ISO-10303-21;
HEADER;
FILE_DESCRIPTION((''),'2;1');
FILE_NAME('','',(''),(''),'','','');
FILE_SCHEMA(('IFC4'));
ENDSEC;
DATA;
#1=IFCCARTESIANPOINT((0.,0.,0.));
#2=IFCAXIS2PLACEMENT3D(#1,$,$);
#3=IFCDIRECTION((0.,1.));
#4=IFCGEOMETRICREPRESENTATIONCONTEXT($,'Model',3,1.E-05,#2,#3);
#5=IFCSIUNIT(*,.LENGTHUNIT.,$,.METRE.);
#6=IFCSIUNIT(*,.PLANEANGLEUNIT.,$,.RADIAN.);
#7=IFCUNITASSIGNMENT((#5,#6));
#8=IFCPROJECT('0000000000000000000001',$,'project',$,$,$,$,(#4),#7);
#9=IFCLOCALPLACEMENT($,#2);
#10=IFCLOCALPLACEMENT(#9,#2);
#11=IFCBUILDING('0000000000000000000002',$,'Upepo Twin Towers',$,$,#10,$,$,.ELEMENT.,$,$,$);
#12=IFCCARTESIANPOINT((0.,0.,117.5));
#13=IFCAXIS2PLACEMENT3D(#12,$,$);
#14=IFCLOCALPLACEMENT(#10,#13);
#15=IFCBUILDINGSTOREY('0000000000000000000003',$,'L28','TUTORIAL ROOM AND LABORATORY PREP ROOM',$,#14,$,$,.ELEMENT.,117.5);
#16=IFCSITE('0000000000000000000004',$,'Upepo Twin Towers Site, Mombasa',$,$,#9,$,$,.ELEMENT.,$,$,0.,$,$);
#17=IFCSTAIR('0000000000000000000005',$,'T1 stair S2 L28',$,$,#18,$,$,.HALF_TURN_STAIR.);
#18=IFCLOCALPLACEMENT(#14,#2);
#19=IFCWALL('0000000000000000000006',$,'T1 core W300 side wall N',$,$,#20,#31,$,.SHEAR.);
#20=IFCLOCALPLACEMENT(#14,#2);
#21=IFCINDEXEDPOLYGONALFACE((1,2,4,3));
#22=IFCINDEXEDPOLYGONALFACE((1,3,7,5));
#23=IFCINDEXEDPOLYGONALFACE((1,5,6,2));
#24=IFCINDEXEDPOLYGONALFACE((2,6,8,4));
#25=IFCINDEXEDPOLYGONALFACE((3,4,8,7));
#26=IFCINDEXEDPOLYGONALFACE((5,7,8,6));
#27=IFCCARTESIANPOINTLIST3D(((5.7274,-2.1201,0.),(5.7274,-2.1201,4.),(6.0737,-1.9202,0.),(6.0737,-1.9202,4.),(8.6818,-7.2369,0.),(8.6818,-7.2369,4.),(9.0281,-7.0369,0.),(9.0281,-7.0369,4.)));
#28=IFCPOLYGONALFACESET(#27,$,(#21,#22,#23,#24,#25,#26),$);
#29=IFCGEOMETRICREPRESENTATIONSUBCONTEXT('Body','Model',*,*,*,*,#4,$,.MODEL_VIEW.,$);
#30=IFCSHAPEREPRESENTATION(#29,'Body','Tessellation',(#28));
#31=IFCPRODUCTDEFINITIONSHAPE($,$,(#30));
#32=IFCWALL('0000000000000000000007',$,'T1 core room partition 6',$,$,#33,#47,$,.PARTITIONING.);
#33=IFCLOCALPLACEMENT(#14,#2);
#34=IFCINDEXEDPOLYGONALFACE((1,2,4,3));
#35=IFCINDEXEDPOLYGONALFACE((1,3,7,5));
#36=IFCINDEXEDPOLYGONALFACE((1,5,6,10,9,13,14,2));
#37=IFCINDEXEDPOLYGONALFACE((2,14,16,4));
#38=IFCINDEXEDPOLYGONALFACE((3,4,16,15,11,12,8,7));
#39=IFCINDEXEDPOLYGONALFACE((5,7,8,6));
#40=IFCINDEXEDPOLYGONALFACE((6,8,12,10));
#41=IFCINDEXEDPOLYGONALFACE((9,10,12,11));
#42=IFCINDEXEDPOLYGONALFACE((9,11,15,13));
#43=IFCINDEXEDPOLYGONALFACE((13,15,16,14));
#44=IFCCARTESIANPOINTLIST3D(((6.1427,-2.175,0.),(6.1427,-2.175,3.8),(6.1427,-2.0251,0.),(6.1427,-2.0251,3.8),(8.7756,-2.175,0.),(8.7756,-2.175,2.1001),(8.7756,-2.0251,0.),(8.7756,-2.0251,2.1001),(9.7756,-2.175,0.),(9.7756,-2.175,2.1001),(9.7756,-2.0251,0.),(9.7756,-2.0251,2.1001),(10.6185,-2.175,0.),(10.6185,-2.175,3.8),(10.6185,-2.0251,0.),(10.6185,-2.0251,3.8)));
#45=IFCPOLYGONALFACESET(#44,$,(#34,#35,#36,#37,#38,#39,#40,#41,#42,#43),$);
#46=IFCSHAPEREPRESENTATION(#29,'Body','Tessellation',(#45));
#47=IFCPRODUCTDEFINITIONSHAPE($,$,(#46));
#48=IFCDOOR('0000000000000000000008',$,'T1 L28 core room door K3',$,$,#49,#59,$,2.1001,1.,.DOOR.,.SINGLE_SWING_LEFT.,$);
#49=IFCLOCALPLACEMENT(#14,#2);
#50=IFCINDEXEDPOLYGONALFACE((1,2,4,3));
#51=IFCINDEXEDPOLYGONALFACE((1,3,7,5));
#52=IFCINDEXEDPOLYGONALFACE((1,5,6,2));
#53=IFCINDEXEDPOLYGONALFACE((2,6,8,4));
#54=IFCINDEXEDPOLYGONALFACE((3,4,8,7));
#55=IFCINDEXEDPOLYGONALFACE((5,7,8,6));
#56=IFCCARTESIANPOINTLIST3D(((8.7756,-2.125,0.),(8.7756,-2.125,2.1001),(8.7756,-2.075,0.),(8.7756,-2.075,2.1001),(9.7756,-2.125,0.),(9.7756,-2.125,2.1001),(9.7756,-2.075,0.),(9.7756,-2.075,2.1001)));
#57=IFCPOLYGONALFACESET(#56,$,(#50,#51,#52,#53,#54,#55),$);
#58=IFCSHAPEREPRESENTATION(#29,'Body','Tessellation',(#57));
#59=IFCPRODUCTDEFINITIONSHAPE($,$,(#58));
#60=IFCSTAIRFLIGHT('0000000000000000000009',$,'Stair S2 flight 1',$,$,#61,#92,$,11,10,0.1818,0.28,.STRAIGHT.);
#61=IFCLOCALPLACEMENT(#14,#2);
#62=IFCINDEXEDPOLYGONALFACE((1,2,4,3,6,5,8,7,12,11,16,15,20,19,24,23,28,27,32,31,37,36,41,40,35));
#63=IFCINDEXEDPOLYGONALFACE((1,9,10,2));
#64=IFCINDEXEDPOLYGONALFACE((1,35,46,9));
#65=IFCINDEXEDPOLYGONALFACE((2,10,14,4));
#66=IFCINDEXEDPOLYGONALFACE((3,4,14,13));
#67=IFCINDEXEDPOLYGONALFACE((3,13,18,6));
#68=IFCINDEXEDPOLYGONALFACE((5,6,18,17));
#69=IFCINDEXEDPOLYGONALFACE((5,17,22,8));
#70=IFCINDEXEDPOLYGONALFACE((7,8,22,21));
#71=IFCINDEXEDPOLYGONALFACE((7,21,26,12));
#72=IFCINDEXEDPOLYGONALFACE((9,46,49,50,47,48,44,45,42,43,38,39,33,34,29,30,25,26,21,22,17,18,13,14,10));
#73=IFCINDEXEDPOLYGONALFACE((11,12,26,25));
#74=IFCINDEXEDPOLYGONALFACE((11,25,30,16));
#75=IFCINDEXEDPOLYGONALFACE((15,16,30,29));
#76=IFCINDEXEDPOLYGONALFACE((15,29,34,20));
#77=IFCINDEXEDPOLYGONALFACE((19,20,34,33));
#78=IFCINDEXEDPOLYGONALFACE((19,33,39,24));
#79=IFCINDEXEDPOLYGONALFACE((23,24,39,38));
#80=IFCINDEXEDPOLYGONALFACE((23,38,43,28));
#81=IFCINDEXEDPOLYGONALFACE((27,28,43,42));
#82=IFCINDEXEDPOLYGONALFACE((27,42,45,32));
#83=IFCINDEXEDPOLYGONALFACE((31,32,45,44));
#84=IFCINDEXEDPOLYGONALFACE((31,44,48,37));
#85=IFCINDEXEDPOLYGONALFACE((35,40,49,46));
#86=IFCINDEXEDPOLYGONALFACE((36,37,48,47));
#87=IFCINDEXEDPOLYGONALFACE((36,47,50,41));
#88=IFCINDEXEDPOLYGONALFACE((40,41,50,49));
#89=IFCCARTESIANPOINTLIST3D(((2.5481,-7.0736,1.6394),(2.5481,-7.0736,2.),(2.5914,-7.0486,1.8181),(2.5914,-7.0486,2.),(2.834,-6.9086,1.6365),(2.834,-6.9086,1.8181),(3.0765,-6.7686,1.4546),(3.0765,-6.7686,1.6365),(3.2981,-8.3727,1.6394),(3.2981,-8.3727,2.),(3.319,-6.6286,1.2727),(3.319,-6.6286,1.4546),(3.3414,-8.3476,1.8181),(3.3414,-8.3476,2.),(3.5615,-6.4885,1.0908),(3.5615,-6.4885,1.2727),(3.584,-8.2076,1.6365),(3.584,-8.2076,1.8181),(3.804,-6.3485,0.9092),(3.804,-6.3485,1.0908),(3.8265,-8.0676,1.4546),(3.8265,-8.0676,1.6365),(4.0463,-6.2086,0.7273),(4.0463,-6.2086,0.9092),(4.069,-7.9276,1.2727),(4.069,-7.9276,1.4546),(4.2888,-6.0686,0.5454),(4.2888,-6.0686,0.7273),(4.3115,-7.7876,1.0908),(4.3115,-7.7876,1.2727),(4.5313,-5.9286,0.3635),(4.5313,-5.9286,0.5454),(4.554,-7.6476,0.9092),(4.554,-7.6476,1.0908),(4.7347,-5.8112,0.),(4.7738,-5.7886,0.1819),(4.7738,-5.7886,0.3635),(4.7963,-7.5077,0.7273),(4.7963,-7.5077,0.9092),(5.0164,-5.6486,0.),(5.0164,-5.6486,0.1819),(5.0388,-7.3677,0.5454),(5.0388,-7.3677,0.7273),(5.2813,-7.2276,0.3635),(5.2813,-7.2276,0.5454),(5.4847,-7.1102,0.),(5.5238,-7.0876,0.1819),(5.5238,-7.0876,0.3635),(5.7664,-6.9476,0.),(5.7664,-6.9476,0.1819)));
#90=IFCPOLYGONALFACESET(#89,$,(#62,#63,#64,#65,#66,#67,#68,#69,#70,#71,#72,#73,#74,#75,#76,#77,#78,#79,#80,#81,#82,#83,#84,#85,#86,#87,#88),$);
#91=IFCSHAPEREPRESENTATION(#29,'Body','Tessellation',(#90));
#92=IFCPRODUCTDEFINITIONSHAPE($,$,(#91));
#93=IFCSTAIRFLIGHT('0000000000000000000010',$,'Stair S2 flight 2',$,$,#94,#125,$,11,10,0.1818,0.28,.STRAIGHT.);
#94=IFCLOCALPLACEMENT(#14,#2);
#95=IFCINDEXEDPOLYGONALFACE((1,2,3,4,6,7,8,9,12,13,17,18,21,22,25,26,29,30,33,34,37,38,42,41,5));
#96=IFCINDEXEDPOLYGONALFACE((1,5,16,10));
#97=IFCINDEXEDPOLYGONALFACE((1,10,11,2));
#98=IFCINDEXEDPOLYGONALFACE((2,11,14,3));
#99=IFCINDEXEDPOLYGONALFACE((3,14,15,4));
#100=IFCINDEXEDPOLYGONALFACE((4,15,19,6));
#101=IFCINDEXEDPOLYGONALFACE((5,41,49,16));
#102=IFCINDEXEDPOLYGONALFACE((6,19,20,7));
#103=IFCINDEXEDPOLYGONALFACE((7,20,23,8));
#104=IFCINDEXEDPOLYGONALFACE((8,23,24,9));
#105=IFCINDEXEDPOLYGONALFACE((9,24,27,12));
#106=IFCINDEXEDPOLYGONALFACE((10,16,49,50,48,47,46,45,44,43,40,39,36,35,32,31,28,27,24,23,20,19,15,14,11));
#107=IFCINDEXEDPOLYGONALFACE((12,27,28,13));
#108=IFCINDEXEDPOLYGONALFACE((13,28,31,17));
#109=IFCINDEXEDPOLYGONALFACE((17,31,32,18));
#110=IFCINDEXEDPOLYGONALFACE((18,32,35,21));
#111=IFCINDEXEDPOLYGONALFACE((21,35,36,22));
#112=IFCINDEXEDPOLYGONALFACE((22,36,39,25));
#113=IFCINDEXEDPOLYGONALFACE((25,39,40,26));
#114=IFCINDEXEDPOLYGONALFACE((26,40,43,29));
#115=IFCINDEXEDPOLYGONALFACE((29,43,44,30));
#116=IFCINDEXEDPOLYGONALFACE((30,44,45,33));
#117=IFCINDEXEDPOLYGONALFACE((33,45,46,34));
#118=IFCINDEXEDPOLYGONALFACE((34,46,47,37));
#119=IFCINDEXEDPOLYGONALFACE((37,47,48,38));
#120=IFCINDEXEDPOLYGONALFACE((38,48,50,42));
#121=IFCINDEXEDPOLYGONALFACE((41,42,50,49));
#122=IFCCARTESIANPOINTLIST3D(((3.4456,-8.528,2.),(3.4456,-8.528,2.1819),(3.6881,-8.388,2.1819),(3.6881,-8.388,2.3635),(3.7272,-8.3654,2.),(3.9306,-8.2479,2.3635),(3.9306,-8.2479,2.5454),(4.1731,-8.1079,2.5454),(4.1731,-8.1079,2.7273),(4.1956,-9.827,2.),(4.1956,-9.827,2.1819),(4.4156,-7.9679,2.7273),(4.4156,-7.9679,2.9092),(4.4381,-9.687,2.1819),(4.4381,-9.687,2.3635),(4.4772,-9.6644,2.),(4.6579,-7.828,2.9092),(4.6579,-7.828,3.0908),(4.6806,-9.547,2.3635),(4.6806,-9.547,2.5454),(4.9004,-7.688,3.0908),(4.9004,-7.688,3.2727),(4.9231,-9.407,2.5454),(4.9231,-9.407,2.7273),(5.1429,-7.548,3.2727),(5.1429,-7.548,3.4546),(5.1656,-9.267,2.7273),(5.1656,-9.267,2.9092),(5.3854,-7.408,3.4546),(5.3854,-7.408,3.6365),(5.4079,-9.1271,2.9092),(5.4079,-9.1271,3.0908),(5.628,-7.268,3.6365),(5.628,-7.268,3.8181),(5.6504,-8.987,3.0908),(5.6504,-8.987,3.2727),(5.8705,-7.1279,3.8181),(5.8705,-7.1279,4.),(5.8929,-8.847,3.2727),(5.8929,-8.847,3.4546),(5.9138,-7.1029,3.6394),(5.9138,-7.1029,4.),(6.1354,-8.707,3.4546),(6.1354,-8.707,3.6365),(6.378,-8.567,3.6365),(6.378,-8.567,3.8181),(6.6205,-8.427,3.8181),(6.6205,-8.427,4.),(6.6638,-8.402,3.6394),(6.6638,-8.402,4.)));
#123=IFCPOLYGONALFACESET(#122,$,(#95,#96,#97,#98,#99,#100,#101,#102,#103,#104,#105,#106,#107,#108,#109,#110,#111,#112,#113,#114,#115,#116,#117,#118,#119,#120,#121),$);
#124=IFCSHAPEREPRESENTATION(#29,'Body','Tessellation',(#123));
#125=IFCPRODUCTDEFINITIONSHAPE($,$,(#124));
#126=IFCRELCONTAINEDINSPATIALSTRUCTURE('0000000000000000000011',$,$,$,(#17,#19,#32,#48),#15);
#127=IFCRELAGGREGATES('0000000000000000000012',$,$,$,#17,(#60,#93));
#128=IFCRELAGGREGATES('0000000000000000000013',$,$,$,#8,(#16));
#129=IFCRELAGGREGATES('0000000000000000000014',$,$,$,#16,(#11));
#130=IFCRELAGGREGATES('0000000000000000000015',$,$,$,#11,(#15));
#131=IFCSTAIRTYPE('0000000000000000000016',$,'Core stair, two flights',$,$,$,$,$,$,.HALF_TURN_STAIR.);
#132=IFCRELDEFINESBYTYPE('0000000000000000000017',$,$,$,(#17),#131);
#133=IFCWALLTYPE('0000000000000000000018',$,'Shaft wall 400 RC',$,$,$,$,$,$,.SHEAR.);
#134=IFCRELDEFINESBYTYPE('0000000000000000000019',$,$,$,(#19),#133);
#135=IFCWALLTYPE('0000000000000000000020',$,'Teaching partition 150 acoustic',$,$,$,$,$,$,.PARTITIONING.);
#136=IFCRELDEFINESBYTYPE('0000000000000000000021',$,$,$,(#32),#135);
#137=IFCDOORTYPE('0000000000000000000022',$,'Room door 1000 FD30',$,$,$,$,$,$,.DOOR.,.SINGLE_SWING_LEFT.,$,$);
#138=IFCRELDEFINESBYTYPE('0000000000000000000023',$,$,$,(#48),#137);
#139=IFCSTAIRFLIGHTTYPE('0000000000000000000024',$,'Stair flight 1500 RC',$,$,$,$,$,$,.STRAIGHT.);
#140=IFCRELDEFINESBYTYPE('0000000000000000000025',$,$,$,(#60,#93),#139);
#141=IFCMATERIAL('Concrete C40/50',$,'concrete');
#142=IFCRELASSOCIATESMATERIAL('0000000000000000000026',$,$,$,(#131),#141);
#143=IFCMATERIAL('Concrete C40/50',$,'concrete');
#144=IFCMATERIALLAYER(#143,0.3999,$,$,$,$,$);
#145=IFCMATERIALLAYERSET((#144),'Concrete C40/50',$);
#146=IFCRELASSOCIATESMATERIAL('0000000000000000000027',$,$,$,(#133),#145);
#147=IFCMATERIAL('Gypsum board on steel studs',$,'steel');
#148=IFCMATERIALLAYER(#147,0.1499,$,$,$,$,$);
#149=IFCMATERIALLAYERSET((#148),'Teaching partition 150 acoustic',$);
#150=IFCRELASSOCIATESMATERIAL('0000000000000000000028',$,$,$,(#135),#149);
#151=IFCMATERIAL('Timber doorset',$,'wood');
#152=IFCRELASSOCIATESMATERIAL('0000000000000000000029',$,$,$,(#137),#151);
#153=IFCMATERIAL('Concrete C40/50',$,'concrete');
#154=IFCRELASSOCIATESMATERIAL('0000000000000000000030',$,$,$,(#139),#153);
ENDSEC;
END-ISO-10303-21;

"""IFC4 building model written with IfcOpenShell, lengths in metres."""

from ifc_helpers import new_model, si_unit, direction, frame, frame_2d, origin, place, context, subcontext, project, spatial, polyline, rectangle, outline, extrude, material, layer, layer_set, type_object, element, fill, aggregate, save


model = new_model("IFC4")

# Units and contexts
model_context = context("Model", 3, precision=1e-05, world=origin(), true_north=direction((0.0, 1.0)))
body_context = subcontext(model_context, "Body", "Model", "MODEL_VIEW")
ifc_project = project(units=[si_unit("LENGTHUNIT", "METRE"), si_unit("PLANEANGLEUNIT", "RADIAN")], contexts=[model_context])

# Site, building, storey
site_placement = place(None, origin())
site = spatial("IfcSite", under=ifc_project, at=site_placement, Name="Upepo Twin Towers Site, Mombasa", CompositionType="ELEMENT", RefElevation=0.0)
building_placement = place(site_placement, origin())
building = spatial("IfcBuilding", under=site, at=building_placement, Name="Upepo Twin Towers", CompositionType="ELEMENT")
storey_placement = place(building_placement, frame((0.0, 0.0, 117.5)))
storey = spatial("IfcBuildingStorey", under=building, at=storey_placement, Name="L28", Description="TUTORIAL ROOM AND LABORATORY PREP ROOM", CompositionType="ELEMENT", Elevation=117.5)

# Stair
ifc_material_1 = material(Name="Concrete C40/50", Category="concrete")
stair_type = type_object("IfcStairType", Name="Core stair, two flights", PredefinedType="HALF_TURN_STAIR", material=ifc_material_1)
stair_1_placement = place(storey_placement, origin())
stair_1 = element("IfcStair", 1, at=stair_1_placement, inside=storey, type_object=stair_type, Name="T1 stair S2 L28", PredefinedType="HALF_TURN_STAIR")

# Wall
ifc_material_2 = material(Name="Concrete C40/50", Category="concrete")
ifc_layer_1 = layer(ifc_material_2, 0.3999)
ifc_layer_set_1 = layer_set([ifc_layer_1], Name="Concrete C40/50")
wall_type_1 = type_object("IfcWallType", Name="Shaft wall 400 RC", PredefinedType="SHEAR", material=ifc_layer_set_1)
wall_1_placement = place(storey_placement, frame((5.9006, -2.0203, 0.0), z_axis=(0.0, 0.0, 1.0), x_axis=(0.500028, -0.866009, 0.0)))
element("IfcWall", 2, at=wall_1_placement, inside=storey, type_object=wall_type_1, Name="T1 core W300 side wall N", PredefinedType="SHEAR", context=body_context, shape_type="SweptSolid", body=[
    extrude(rectangle(XDim=5.9084, YDim=0.3999, at=frame_2d((2.9541, 0.0))), origin(), (0.0, 0.0, 1.0), 4.0),
])

# Wall, opening, door
ifc_material_3 = material(Name="Gypsum board on steel studs", Category="steel")
ifc_layer_2 = layer(ifc_material_3, 0.1499)
ifc_layer_set_2 = layer_set([ifc_layer_2], Name="Teaching partition 150 acoustic")
wall_type_2 = type_object("IfcWallType", Name="Teaching partition 150 acoustic", PredefinedType="PARTITIONING", material=ifc_layer_set_2)
wall_2_placement = place(storey_placement, frame((10.6184, -2.1001, 0.0), z_axis=(0.0, 0.0, 1.0), x_axis=(-1.0, 0.0, 0.0)))
wall_2 = element("IfcWall", 3, at=wall_2_placement, inside=storey, type_object=wall_type_2, Name="T1 core room partition 6", PredefinedType="PARTITIONING", context=body_context, shape_type="SweptSolid", body=[
    extrude(rectangle(XDim=4.4758, YDim=0.1499, at=frame_2d((2.2378, 0.0))), origin(), (0.0, 0.0, 1.0), 3.8),
])
opening_1_placement = place(wall_2_placement, frame((0.8428, 0.0, 0.0)))
opening_1 = element("IfcOpeningElement", 4, at=opening_1_placement, cuts=wall_2, PredefinedType="OPENING", context=body_context, shape_type="SweptSolid", body=[
    extrude(rectangle(XDim=1.0, YDim=2.1001, at=frame_2d((0.5, 1.05))), frame((0.0, 0.085, 0.0), z_axis=(0.0, -1.0, 0.0), x_axis=(1.0, 0.0, 0.0)), (0.0, 0.0, 1.0), 0.1699),
])
ifc_material_4 = material(Name="Timber doorset", Category="wood")
door_type_1 = type_object("IfcDoorType", Name="Room door 1000 FD30", OperationType="SINGLE_SWING_LEFT", PredefinedType="DOOR", material=ifc_material_4)
door_1_placement = place(opening_1_placement, origin())
door_1 = element("IfcDoor", 5, at=door_1_placement, inside=storey, type_object=door_type_1, Name="T1 L28 core room door K3", OperationType="SINGLE_SWING_LEFT", OverallHeight=2.1001, OverallWidth=1.0, PredefinedType="DOOR", context=body_context, shape_type="SweptSolid", body=[
    extrude(rectangle(XDim=1.0, YDim=2.1001, at=frame_2d((0.5, 1.05))), frame((0.0, 0.0249, 0.0), z_axis=(0.0, -1.0, 0.0), x_axis=(1.0, 0.0, 0.0)), (0.0, 0.0, 1.0), 0.05),
])
fill(opening_1, door_1)

# Stair flights
ifc_material_5 = material(Name="Concrete C40/50", Category="concrete")
stair_flight_type = type_object("IfcStairFlightType", Name="Stair flight 1500 RC", PredefinedType="STRAIGHT", material=ifc_material_5)
stair_flight_1_placement = place(storey_placement, frame((5.3914, -6.2981, 0.0), z_axis=(0.0, 0.0, 1.0), x_axis=(-0.866025, -0.5, 0.0)))
stair_flight_1 = element("IfcStairFlight", 6, at=stair_flight_1_placement, type_object=stair_flight_type, Name="Stair S2 flight 1", NumberOfRisers=11, NumberOfTreads=10, PredefinedType="STRAIGHT", RiserHeight=0.1818, TreadLength=0.28, context=body_context, shape_type="SweptSolid", body=[
    extrude(outline(polyline([(0.0, 0.0), (0.0, 0.1819), (0.28, 0.1819), (0.28, 0.3635), (0.5601, 0.3635), (0.5601, 0.5454), (0.8401, 0.5454), (0.8401, 0.7273), (1.1201, 0.7273), (1.1201, 0.9092), (1.3999, 0.9092), (1.3999, 1.0908), (1.6799, 1.0908), (1.6799, 1.2727), (1.96, 1.2727), (1.96, 1.4546), (2.24, 1.4546), (2.24, 1.6365), (2.52, 1.6365), (2.52, 1.8181), (2.8, 1.8181), (2.8, 2.0), (2.8501, 2.0), (2.8501, 1.6394), (0.3252, 0.0), (0.0, 0.0)])), frame((0.0, 0.75, 0.0), z_axis=(0.0, -1.0, 0.0), x_axis=(1.0, 0.0, 0.0)), (0.0, 0.0, 1.0), 1.5),
])
stair_flight_2_placement = place(storey_placement, frame((3.8206, -9.1775, 2.0), z_axis=(0.0, 0.0, 1.0), x_axis=(0.866025, 0.5, 0.0)))
stair_flight_2 = element("IfcStairFlight", 7, at=stair_flight_2_placement, type_object=stair_flight_type, Name="Stair S2 flight 2", NumberOfRisers=11, NumberOfTreads=10, PredefinedType="STRAIGHT", RiserHeight=0.1818, TreadLength=0.28, context=body_context, shape_type="SweptSolid", body=[
    extrude(outline(polyline([(0.0, 0.0), (0.0, 0.1819), (0.28, 0.1819), (0.28, 0.3635), (0.5601, 0.3635), (0.5601, 0.5454), (0.8401, 0.5454), (0.8401, 0.7273), (1.1201, 0.7273), (1.1201, 0.9092), (1.3999, 0.9092), (1.3999, 1.0908), (1.6799, 1.0908), (1.6799, 1.2727), (1.96, 1.2727), (1.96, 1.4546), (2.24, 1.4546), (2.24, 1.6365), (2.52, 1.6365), (2.52, 1.8181), (2.8, 1.8181), (2.8, 2.0), (2.8501, 2.0), (2.8501, 1.6394), (0.3252, 0.0), (0.0, 0.0)])), frame((0.0, 0.75, 0.0), z_axis=(0.0, -1.0, 0.0), x_axis=(1.0, 0.0, 0.0)), (0.0, 0.0, 1.0), 1.5),
])
aggregate(stair_1, [stair_flight_1, stair_flight_2])

save(model, "model.ifc")
